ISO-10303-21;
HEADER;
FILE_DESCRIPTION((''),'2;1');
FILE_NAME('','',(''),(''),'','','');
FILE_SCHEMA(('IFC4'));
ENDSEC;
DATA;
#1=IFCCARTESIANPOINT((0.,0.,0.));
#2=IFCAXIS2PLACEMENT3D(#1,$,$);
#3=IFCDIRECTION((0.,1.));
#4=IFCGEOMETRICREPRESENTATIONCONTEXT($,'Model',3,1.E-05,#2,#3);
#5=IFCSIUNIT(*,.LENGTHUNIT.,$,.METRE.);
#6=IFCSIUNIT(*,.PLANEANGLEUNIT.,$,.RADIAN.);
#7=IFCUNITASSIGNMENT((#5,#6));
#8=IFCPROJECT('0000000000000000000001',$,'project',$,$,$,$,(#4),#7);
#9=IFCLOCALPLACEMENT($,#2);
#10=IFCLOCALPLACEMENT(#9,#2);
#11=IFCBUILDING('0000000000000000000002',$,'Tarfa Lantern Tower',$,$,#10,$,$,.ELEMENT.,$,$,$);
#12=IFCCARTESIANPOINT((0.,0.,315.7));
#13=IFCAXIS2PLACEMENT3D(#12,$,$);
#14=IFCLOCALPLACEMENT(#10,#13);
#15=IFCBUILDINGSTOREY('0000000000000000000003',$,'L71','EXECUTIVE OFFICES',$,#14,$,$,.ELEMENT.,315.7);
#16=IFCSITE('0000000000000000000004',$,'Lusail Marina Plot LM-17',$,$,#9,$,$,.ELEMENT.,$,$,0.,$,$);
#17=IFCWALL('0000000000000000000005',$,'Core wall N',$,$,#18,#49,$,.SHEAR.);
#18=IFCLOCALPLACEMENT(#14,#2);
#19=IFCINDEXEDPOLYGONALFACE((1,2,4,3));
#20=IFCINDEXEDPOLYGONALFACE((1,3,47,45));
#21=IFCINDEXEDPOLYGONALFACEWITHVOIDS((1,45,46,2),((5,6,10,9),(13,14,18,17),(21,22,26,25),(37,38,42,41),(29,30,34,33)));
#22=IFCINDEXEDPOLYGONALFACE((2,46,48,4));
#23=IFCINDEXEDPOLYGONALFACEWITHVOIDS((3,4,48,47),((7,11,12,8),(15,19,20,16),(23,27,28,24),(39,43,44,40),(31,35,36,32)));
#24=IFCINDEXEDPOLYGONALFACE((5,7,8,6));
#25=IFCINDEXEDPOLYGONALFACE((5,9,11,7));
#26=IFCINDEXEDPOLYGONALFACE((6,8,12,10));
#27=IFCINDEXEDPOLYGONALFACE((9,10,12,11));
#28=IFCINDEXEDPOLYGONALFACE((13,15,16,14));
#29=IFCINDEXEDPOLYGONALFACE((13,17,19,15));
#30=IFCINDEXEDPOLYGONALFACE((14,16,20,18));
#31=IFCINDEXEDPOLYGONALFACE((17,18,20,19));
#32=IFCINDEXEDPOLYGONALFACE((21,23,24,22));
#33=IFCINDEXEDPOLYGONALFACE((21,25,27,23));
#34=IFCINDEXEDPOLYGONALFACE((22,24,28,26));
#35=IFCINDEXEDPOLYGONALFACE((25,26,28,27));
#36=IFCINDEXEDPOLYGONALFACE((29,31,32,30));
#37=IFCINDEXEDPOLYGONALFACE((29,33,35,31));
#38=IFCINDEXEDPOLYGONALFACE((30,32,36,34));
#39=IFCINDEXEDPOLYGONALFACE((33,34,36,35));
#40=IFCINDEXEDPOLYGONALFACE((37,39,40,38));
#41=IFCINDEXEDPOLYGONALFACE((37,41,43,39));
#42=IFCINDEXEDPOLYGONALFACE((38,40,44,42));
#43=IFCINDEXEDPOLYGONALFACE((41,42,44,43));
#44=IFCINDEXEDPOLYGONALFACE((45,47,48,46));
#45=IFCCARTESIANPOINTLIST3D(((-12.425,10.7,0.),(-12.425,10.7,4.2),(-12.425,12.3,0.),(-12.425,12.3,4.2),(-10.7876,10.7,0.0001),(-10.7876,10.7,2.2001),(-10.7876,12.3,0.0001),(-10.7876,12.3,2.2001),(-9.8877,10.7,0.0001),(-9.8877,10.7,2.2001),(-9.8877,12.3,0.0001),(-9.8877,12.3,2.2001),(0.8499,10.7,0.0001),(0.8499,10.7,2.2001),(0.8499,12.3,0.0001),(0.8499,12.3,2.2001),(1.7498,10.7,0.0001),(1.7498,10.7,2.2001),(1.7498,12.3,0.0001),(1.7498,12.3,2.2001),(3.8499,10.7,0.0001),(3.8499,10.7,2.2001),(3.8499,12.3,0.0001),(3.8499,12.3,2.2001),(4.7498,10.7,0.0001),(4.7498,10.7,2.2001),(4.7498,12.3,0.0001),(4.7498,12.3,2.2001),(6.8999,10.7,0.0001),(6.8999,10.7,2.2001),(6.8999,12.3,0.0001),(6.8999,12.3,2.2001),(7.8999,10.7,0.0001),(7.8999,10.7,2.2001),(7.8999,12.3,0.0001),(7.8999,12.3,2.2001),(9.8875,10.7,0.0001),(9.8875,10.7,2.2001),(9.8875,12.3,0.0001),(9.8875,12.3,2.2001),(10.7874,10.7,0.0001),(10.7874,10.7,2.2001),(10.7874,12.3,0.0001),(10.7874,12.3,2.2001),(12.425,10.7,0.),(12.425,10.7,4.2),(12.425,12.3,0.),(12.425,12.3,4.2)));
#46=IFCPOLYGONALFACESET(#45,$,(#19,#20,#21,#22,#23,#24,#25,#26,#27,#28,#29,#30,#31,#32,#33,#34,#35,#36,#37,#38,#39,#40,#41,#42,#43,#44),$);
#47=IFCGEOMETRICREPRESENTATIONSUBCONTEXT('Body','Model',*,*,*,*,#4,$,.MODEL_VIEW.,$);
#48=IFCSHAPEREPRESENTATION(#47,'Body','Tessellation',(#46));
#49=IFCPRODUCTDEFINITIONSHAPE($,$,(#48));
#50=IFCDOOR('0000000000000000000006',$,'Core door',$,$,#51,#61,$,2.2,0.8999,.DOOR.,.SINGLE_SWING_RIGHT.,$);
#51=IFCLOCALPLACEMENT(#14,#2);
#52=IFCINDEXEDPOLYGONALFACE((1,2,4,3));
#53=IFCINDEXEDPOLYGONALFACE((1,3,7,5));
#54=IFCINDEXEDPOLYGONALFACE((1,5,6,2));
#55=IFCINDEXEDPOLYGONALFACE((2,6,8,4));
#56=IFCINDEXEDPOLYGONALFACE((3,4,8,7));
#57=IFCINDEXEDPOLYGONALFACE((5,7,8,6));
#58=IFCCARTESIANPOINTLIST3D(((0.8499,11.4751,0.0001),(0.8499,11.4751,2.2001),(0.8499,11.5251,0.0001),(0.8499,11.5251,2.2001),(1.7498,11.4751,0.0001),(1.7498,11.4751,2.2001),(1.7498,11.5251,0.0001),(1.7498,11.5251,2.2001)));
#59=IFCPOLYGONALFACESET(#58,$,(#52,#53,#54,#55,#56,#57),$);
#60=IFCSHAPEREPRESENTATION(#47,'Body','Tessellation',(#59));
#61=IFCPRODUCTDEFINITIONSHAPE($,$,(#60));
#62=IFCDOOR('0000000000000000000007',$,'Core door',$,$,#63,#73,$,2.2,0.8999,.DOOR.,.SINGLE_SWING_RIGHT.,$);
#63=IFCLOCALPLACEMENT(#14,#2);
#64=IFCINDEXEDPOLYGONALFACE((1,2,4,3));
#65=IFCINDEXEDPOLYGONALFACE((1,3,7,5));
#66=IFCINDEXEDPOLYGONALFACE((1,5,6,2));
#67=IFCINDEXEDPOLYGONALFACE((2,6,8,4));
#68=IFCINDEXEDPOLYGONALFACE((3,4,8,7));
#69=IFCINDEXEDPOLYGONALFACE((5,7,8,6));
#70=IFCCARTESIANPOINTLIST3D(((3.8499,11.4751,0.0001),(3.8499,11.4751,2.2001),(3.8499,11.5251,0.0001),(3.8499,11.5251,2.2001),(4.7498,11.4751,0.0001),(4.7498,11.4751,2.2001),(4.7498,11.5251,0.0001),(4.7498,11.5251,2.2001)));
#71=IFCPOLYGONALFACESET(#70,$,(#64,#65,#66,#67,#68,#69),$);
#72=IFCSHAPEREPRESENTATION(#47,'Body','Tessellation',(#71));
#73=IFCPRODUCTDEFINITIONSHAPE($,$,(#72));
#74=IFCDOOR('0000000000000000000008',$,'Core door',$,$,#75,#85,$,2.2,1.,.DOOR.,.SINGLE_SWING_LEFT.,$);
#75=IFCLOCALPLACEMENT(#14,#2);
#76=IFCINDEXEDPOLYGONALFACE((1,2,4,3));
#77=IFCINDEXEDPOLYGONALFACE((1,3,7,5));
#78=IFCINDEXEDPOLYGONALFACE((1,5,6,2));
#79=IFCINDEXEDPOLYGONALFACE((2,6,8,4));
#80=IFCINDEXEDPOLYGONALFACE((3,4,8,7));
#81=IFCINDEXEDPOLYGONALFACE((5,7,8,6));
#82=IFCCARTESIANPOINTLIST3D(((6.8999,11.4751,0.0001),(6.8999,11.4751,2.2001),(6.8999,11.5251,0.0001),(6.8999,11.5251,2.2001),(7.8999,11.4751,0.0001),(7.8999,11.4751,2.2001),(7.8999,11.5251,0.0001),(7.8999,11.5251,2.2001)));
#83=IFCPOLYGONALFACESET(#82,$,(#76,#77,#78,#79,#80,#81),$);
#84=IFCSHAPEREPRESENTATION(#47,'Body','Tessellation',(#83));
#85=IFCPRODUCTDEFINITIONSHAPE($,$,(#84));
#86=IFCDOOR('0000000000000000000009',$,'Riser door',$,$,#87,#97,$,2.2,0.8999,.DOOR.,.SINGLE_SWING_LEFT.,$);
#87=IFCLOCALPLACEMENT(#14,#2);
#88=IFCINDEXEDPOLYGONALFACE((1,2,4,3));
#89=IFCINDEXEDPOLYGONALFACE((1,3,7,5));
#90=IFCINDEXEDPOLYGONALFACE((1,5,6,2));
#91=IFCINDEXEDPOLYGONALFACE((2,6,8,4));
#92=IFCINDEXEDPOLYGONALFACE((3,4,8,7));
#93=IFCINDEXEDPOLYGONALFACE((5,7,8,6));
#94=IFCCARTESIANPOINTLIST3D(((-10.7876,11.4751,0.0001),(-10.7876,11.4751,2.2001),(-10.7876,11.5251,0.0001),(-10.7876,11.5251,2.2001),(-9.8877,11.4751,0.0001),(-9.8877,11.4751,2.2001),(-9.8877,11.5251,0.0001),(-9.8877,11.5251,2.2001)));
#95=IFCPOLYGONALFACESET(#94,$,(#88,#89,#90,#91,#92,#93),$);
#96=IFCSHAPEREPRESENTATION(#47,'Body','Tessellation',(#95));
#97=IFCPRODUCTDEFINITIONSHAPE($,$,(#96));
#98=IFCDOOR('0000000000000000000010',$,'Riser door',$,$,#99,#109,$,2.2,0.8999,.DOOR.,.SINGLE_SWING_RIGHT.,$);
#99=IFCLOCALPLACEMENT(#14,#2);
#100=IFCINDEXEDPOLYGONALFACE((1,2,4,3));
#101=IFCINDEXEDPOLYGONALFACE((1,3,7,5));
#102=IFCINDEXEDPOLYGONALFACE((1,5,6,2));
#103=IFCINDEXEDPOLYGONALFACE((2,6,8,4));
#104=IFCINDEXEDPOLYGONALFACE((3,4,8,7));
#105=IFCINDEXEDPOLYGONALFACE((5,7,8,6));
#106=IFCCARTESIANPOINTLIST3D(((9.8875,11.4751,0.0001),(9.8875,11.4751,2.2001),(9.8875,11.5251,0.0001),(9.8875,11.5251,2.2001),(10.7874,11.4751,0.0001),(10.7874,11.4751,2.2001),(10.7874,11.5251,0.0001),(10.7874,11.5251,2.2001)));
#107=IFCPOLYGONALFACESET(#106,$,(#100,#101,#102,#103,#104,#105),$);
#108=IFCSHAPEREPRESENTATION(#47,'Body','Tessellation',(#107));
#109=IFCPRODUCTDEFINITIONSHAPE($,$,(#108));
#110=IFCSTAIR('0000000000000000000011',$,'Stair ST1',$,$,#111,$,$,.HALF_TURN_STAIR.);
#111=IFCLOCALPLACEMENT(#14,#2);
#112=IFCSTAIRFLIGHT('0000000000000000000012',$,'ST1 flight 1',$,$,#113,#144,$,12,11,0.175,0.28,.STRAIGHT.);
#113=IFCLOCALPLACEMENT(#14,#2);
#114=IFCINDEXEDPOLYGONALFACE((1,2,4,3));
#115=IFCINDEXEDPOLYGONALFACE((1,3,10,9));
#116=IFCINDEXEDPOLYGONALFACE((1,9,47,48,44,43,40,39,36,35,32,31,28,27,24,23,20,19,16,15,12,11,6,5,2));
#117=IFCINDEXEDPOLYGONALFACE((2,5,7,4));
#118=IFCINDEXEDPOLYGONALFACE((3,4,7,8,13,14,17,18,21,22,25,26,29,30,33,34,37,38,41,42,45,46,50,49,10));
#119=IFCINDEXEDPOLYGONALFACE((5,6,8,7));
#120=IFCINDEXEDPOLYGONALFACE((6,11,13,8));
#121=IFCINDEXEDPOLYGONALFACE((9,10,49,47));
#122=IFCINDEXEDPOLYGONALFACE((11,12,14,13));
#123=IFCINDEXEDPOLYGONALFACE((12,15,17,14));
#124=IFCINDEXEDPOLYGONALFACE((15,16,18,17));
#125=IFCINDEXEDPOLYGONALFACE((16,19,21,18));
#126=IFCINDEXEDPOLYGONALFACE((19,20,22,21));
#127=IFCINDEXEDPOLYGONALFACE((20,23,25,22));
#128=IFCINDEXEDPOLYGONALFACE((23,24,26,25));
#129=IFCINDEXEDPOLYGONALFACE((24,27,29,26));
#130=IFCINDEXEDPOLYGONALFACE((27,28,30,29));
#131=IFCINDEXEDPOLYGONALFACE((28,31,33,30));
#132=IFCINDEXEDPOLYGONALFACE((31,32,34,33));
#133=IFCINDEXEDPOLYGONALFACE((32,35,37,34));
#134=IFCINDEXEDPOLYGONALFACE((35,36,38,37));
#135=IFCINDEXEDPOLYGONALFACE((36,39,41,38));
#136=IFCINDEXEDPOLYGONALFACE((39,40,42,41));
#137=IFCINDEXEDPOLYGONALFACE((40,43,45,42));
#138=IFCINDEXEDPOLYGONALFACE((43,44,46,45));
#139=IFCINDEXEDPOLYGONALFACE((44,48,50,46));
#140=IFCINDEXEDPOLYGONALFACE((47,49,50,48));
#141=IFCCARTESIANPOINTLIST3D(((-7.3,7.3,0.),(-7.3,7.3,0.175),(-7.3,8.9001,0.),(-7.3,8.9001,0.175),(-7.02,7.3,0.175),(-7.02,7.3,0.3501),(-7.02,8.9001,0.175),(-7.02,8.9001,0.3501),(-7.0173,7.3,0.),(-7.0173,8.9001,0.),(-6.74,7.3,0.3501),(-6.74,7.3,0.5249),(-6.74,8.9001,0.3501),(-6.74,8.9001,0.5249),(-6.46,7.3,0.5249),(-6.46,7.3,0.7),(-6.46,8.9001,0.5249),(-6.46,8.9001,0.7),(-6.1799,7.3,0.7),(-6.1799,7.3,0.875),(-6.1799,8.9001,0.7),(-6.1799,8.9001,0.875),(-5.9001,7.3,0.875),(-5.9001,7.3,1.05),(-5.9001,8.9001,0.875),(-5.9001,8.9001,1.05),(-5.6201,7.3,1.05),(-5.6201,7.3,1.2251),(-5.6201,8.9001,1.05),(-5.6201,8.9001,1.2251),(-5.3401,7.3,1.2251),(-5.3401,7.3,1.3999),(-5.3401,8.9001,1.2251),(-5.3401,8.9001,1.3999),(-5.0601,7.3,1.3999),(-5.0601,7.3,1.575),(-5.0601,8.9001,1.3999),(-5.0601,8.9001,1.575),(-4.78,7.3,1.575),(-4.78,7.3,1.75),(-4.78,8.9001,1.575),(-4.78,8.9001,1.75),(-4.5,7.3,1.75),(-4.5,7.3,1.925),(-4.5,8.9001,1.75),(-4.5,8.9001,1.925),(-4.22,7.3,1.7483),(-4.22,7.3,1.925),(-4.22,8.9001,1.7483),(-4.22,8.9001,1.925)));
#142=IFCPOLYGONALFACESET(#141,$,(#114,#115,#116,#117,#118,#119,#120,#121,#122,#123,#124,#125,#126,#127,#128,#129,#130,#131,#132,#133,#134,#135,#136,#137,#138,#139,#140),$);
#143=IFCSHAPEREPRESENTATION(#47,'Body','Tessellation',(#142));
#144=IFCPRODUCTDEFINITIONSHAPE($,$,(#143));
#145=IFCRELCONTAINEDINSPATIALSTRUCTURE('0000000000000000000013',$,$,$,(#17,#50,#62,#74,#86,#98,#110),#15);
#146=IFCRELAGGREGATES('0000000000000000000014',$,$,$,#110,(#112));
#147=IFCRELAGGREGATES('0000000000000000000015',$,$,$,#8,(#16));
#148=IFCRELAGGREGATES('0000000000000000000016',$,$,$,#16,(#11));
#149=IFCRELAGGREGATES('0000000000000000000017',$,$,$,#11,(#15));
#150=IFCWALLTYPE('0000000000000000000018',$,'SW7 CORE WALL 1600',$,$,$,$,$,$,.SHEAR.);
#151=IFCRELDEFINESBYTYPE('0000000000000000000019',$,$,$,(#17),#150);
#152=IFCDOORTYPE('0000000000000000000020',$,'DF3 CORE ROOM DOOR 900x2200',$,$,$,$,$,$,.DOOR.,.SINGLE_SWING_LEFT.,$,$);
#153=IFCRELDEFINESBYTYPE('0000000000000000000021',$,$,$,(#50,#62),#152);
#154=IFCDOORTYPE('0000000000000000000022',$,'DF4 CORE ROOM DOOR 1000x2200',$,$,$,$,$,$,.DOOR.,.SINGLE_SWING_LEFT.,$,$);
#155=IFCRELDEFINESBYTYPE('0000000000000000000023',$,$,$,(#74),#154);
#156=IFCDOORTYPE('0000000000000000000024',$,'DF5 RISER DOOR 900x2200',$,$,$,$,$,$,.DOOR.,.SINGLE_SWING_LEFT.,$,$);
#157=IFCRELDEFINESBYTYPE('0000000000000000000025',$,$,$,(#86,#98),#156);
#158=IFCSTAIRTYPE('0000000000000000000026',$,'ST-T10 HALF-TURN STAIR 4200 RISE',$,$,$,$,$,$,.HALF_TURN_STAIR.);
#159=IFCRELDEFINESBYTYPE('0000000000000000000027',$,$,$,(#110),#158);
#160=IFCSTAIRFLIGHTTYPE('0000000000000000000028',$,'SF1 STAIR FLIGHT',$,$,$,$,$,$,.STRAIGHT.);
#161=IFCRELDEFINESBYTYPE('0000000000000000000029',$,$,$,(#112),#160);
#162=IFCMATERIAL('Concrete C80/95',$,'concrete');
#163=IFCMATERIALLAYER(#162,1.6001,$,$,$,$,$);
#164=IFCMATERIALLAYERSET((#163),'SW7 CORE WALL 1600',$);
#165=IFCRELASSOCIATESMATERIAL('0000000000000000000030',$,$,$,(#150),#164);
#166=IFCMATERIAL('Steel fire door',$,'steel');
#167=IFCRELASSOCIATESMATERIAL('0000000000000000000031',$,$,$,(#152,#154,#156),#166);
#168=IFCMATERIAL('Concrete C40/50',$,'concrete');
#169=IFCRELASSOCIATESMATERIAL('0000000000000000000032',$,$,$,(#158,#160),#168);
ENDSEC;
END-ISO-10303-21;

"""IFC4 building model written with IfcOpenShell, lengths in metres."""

from ifc_helpers import new_model, si_unit, direction, frame, frame_2d, origin, place, context, subcontext, project, spatial, polyline, rectangle, outline, extrude, material, layer, layer_set, type_object, element, fill, aggregate, save


model = new_model("IFC4")

# Units and contexts
model_context = context("Model", 3, precision=1e-05, world=origin(), true_north=direction((0.0, 1.0)))
body_context = subcontext(model_context, "Body", "Model", "MODEL_VIEW")
ifc_project = project(units=[si_unit("LENGTHUNIT", "METRE"), si_unit("PLANEANGLEUNIT", "RADIAN")], contexts=[model_context])

# Site, building, storey
site_placement = place(None, origin())
site = spatial("IfcSite", under=ifc_project, at=site_placement, Name="Lusail Marina Plot LM-17", CompositionType="ELEMENT", RefElevation=0.0)
building_placement = place(site_placement, origin())
building = spatial("IfcBuilding", under=site, at=building_placement, Name="Tarfa Lantern Tower", CompositionType="ELEMENT")
storey_placement = place(building_placement, frame((0.0, 0.0, 315.7)))
storey = spatial("IfcBuildingStorey", under=building, at=storey_placement, Name="L71", Description="EXECUTIVE OFFICES", CompositionType="ELEMENT", Elevation=315.7)

# Shared definitions
ifc_material_1 = material(Name="Concrete C80/95", Category="concrete")
ifc_material_2 = material(Name="Steel fire door", Category="steel")

# Wall, openings, doors
ifc_layer_1 = layer(ifc_material_1, 1.6001)
ifc_layer_set_1 = layer_set([ifc_layer_1], Name="SW7 CORE WALL 1600")
wall_type_1 = type_object("IfcWallType", Name="SW7 CORE WALL 1600", PredefinedType="SHEAR", material=ifc_layer_set_1)
wall_1_placement = place(storey_placement, frame((-12.425, 11.5, 0.0), z_axis=(0.0, 0.0, 1.0), x_axis=(1.0, 0.0, 0.0)))
wall_1 = element("IfcWall", 1, at=wall_1_placement, inside=storey, type_object=wall_type_1, Name="Core wall N", PredefinedType="SHEAR", context=body_context, shape_type="SweptSolid", body=[
    extrude(rectangle(XDim=24.8501, YDim=1.6001, at=frame_2d((12.425, 0.0))), origin(), (0.0, 0.0, 1.0), 4.2),
])
opening_1_placement = place(wall_1_placement, frame((13.2749, 0.0, 0.0)))
opening_1 = element("IfcOpeningElement", 2, at=opening_1_placement, cuts=wall_1, PredefinedType="OPENING", context=body_context, shape_type="SweptSolid", body=[
    extrude(rectangle(XDim=0.8999, YDim=2.2, at=frame_2d((0.45, 1.1001))), frame((0.0, 0.8101, 0.0), z_axis=(0.0, -1.0, 0.0), x_axis=(1.0, 0.0, 0.0)), (0.0, 0.0, 1.0), 1.6201),
])
opening_2_placement = place(wall_1_placement, frame((16.2749, 0.0, 0.0)))
opening_2 = element("IfcOpeningElement", 3, at=opening_2_placement, cuts=wall_1, PredefinedType="OPENING", context=body_context, shape_type="SweptSolid", body=[
    extrude(rectangle(XDim=0.8999, YDim=2.2, at=frame_2d((0.45, 1.1001))), frame((0.0, 0.8101, 0.0), z_axis=(0.0, -1.0, 0.0), x_axis=(1.0, 0.0, 0.0)), (0.0, 0.0, 1.0), 1.6201),
])
opening_3_placement = place(wall_1_placement, frame((19.325, 0.0, 0.0)))
opening_3 = element("IfcOpeningElement", 4, at=opening_3_placement, cuts=wall_1, PredefinedType="OPENING", context=body_context, shape_type="SweptSolid", body=[
    extrude(rectangle(XDim=1.0, YDim=2.2, at=frame_2d((0.5, 1.1001))), frame((0.0, 0.8101, 0.0), z_axis=(0.0, -1.0, 0.0), x_axis=(1.0, 0.0, 0.0)), (0.0, 0.0, 1.0), 1.6201),
])
opening_4_placement = place(wall_1_placement, frame((1.6375, 0.0, 0.0)))
opening_4 = element("IfcOpeningElement", 5, at=opening_4_placement, cuts=wall_1, PredefinedType="OPENING", context=body_context, shape_type="SweptSolid", body=[
    extrude(rectangle(XDim=0.8999, YDim=2.2, at=frame_2d((0.45, 1.1001))), frame((0.0, 0.8101, 0.0), z_axis=(0.0, -1.0, 0.0), x_axis=(1.0, 0.0, 0.0)), (0.0, 0.0, 1.0), 1.6201),
])
opening_5_placement = place(wall_1_placement, frame((22.3125, 0.0, 0.0)))
opening_5 = element("IfcOpeningElement", 6, at=opening_5_placement, cuts=wall_1, PredefinedType="OPENING", context=body_context, shape_type="SweptSolid", body=[
    extrude(rectangle(XDim=0.8999, YDim=2.2, at=frame_2d((0.45, 1.1001))), frame((0.0, 0.8101, 0.0), z_axis=(0.0, -1.0, 0.0), x_axis=(1.0, 0.0, 0.0)), (0.0, 0.0, 1.0), 1.6201),
])
door_type_1 = type_object("IfcDoorType", Name="DF3 CORE ROOM DOOR 900x2200", OperationType="SINGLE_SWING_LEFT", PredefinedType="DOOR", material=ifc_material_2)
door_1_placement = place(opening_1_placement, frame((0.8999, 0.0, 0.0), z_axis=(0.0, 0.0, 1.0), x_axis=(-1.0, 0.0, 0.0)))
door_1 = element("IfcDoor", 7, at=door_1_placement, inside=storey, type_object=door_type_1, Name="Core door", OperationType="SINGLE_SWING_RIGHT", OverallHeight=2.2, OverallWidth=0.8999, PredefinedType="DOOR", context=body_context, shape_type="SweptSolid", body=[
    extrude(rectangle(XDim=0.8999, YDim=2.2, at=frame_2d((0.45, 1.1001))), frame((0.0, 0.0249, 0.0), z_axis=(0.0, -1.0, 0.0), x_axis=(1.0, 0.0, 0.0)), (0.0, 0.0, 1.0), 0.05),
])
fill(opening_1, door_1)
door_2_placement = place(opening_2_placement, frame((0.8999, 0.0, 0.0), z_axis=(0.0, 0.0, 1.0), x_axis=(-1.0, 0.0, 0.0)))
door_2 = element("IfcDoor", 8, at=door_2_placement, inside=storey, type_object=door_type_1, Name="Core door", OperationType="SINGLE_SWING_RIGHT", OverallHeight=2.2, OverallWidth=0.8999, PredefinedType="DOOR", context=body_context, shape_type="SweptSolid", body=[
    extrude(rectangle(XDim=0.8999, YDim=2.2, at=frame_2d((0.45, 1.1001))), frame((0.0, 0.0249, 0.0), z_axis=(0.0, -1.0, 0.0), x_axis=(1.0, 0.0, 0.0)), (0.0, 0.0, 1.0), 0.05),
])
fill(opening_2, door_2)
door_type_2 = type_object("IfcDoorType", Name="DF4 CORE ROOM DOOR 1000x2200", OperationType="SINGLE_SWING_LEFT", PredefinedType="DOOR", material=ifc_material_2)
door_3_placement = place(opening_3_placement, frame((1.0, 0.0, 0.0), z_axis=(0.0, 0.0, 1.0), x_axis=(-1.0, 0.0, 0.0)))
door_3 = element("IfcDoor", 9, at=door_3_placement, inside=storey, type_object=door_type_2, Name="Core door", OperationType="SINGLE_SWING_LEFT", OverallHeight=2.2, OverallWidth=1.0, PredefinedType="DOOR", context=body_context, shape_type="SweptSolid", body=[
    extrude(rectangle(XDim=1.0, YDim=2.2, at=frame_2d((0.5, 1.1001))), frame((0.0, 0.0249, 0.0), z_axis=(0.0, -1.0, 0.0), x_axis=(1.0, 0.0, 0.0)), (0.0, 0.0, 1.0), 0.05),
])
fill(opening_3, door_3)
door_type_3 = type_object("IfcDoorType", Name="DF5 RISER DOOR 900x2200", OperationType="SINGLE_SWING_LEFT", PredefinedType="DOOR", material=ifc_material_2)
door_4_placement = place(opening_4_placement, frame((0.8999, 0.0, 0.0), z_axis=(0.0, 0.0, 1.0), x_axis=(-1.0, 0.0, 0.0)))
door_4 = element("IfcDoor", 10, at=door_4_placement, inside=storey, type_object=door_type_3, Name="Riser door", OperationType="SINGLE_SWING_LEFT", OverallHeight=2.2, OverallWidth=0.8999, PredefinedType="DOOR", context=body_context, shape_type="SweptSolid", body=[
    extrude(rectangle(XDim=0.8999, YDim=2.2, at=frame_2d((0.45, 1.1001))), frame((0.0, 0.0249, 0.0), z_axis=(0.0, -1.0, 0.0), x_axis=(1.0, 0.0, 0.0)), (0.0, 0.0, 1.0), 0.05),
])
fill(opening_4, door_4)
door_5_placement = place(opening_5_placement, frame((0.8999, 0.0, 0.0), z_axis=(0.0, 0.0, 1.0), x_axis=(-1.0, 0.0, 0.0)))
door_5 = element("IfcDoor", 11, at=door_5_placement, inside=storey, type_object=door_type_3, Name="Riser door", OperationType="SINGLE_SWING_RIGHT", OverallHeight=2.2, OverallWidth=0.8999, PredefinedType="DOOR", context=body_context, shape_type="SweptSolid", body=[
    extrude(rectangle(XDim=0.8999, YDim=2.2, at=frame_2d((0.45, 1.1001))), frame((0.0, 0.0249, 0.0), z_axis=(0.0, -1.0, 0.0), x_axis=(1.0, 0.0, 0.0)), (0.0, 0.0, 1.0), 0.05),
])
fill(opening_5, door_5)

# Stair, stair flight
ifc_material_3 = material(Name="Concrete C40/50", Category="concrete")
stair_type = type_object("IfcStairType", Name="ST-T10 HALF-TURN STAIR 4200 RISE", PredefinedType="HALF_TURN_STAIR", material=ifc_material_3)
stair_placement = place(storey_placement, origin())
stair = element("IfcStair", 12, at=stair_placement, inside=storey, type_object=stair_type, Name="Stair ST1", PredefinedType="HALF_TURN_STAIR")
stair_flight_type = type_object("IfcStairFlightType", Name="SF1 STAIR FLIGHT", PredefinedType="STRAIGHT", material=ifc_material_3)
stair_flight_1_placement = place(storey_placement, frame((-7.3, 8.1001, 0.0), z_axis=(0.0, 0.0, 1.0), x_axis=(1.0, 0.0, 0.0)))
stair_flight_1 = element("IfcStairFlight", 13, at=stair_flight_1_placement, type_object=stair_flight_type, Name="ST1 flight 1", NumberOfRisers=12, NumberOfTreads=11, PredefinedType="STRAIGHT", RiserHeight=0.175, TreadLength=0.28, context=body_context, shape_type="SweptSolid", body=[
    extrude(outline(polyline([(0.0, 0.0), (0.0, 0.175), (0.28, 0.175), (0.28, 0.3501), (0.5601, 0.3501), (0.5601, 0.5249), (0.8401, 0.5249), (0.8401, 0.7), (1.1201, 0.7), (1.1201, 0.875), (1.3999, 0.875), (1.3999, 1.05), (1.6799, 1.05), (1.6799, 1.2251), (1.96, 1.2251), (1.96, 1.3999), (2.24, 1.3999), (2.24, 1.575), (2.52, 1.575), (2.52, 1.75), (2.8, 1.75), (2.8, 1.925), (3.0801, 1.925), (3.0801, 2.1001), (3.0801, 1.7483), (0.2827, 0.0), (0.0, 0.0)])), frame((0.0, 0.8, 0.0), z_axis=(0.0, -1.0, 0.0), x_axis=(1.0, 0.0, 0.0)), (0.0, 0.0, 1.0), 1.6001),
])
aggregate(stair, [stair_flight_1])

save(model, "model.ifc")
